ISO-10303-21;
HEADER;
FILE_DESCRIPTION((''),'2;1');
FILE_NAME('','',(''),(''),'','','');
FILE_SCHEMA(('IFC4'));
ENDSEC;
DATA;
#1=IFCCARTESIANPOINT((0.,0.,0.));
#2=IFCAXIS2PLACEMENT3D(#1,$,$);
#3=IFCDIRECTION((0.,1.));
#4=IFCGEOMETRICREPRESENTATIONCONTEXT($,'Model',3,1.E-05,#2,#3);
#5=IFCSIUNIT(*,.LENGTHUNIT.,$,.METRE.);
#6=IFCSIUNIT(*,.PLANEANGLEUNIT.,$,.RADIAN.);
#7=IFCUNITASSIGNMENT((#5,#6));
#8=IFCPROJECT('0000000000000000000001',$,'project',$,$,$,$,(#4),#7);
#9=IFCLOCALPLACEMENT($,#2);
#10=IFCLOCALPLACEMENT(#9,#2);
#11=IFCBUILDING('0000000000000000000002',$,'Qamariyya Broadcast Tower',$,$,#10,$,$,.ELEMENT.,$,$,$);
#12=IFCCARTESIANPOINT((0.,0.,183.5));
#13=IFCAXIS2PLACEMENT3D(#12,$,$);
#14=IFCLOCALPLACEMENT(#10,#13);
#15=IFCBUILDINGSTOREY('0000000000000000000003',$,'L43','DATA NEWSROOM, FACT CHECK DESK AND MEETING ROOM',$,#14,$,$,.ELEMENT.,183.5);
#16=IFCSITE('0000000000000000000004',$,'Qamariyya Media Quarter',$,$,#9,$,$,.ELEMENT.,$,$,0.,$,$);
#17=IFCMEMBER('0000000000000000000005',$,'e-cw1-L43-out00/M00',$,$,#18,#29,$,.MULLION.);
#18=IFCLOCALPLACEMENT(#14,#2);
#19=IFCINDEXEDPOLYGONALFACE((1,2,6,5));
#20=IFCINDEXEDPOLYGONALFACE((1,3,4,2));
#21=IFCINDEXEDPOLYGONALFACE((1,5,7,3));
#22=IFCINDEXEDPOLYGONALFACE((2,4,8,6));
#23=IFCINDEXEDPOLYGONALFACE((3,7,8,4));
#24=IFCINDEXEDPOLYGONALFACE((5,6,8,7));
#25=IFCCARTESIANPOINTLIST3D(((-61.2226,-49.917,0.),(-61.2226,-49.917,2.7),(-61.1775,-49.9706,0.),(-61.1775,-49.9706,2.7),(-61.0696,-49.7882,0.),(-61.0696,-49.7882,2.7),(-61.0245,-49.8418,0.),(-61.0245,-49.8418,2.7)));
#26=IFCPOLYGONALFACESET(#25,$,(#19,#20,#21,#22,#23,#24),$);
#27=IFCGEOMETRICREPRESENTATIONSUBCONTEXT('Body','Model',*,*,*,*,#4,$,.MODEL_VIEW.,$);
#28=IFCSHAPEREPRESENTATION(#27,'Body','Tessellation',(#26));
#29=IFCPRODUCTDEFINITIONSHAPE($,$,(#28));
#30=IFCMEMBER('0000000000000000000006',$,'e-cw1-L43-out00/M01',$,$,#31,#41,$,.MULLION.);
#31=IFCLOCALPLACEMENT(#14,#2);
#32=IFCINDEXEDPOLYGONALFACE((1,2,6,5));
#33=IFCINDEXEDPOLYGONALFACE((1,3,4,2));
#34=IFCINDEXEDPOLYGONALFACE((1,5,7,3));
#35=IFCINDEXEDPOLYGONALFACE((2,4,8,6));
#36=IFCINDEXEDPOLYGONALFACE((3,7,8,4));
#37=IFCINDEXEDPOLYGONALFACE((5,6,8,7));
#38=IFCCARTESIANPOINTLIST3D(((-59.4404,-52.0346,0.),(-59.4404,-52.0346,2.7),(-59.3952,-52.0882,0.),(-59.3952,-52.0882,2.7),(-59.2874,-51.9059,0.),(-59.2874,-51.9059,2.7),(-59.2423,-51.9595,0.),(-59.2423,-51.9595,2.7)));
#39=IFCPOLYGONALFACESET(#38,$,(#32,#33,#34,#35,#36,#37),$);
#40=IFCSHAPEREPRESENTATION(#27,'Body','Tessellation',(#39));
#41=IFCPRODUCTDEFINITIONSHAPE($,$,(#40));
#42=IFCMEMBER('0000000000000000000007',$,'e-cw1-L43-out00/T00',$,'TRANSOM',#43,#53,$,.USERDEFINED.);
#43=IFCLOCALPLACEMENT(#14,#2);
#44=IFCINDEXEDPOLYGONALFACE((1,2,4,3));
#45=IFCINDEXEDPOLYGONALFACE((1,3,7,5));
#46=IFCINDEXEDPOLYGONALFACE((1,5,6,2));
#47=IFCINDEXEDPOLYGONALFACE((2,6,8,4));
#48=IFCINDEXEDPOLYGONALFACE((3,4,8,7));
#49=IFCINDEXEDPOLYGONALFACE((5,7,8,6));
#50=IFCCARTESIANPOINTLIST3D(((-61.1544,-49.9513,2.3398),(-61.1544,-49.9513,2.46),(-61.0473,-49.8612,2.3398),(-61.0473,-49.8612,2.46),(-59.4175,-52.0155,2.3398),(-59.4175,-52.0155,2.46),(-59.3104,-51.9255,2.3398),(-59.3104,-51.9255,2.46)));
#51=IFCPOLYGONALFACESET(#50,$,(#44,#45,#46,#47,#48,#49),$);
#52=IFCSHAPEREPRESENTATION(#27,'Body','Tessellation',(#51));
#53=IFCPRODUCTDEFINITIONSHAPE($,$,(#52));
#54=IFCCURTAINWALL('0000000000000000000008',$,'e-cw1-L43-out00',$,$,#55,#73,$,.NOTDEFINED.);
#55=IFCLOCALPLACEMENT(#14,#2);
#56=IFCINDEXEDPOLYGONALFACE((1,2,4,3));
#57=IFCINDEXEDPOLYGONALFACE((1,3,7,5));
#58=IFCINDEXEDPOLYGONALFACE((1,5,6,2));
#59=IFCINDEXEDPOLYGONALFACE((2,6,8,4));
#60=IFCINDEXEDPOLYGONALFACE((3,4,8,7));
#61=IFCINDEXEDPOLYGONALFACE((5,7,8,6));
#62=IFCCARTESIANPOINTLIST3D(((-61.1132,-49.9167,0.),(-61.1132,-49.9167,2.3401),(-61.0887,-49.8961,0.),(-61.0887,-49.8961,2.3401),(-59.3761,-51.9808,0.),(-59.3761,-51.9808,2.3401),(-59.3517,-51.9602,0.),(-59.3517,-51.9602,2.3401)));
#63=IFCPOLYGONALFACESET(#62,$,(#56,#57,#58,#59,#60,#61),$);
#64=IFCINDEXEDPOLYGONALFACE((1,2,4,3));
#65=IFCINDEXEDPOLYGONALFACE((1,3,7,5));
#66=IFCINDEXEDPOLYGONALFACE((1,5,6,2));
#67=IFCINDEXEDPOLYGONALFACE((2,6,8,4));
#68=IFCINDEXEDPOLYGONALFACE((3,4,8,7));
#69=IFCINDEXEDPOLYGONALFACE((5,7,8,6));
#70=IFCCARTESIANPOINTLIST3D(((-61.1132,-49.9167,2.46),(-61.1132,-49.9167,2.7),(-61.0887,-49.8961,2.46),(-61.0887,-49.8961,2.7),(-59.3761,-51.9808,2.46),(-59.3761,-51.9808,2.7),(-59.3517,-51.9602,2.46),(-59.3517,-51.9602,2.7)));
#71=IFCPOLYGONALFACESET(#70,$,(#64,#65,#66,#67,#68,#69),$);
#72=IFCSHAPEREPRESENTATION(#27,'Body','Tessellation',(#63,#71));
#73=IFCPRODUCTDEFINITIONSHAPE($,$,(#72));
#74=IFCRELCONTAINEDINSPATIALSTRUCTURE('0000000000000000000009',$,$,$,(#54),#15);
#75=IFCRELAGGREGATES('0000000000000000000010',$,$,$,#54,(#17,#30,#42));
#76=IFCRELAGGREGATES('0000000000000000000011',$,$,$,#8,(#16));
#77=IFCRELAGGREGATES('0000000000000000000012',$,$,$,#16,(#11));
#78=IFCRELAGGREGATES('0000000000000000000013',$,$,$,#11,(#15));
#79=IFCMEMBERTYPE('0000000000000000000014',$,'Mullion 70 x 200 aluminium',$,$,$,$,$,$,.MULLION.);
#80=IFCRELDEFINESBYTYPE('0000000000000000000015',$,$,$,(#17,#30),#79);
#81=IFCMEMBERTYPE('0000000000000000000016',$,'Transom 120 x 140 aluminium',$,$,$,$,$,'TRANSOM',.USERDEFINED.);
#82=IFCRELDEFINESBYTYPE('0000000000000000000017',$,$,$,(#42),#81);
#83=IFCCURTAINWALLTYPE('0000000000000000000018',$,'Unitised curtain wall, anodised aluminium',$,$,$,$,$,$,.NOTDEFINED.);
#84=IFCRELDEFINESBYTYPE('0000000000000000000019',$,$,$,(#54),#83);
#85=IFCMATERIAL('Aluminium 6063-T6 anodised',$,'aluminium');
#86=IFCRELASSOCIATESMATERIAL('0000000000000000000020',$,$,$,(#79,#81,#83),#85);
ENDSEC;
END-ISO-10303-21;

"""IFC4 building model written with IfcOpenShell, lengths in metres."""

from ifc_helpers import new_model, si_unit, direction, frame, origin, origin_2d, place, context, subcontext, project, spatial, rectangle, extrude, material, material_profile, profile_set, type_object, element, aggregate, save


model = new_model("IFC4")

# Units and contexts
model_context = context("Model", 3, precision=1e-05, world=origin(), true_north=direction((0.0, 1.0)))
body_context = subcontext(model_context, "Body", "Model", "MODEL_VIEW")
ifc_project = project(units=[si_unit("LENGTHUNIT", "METRE"), si_unit("PLANEANGLEUNIT", "RADIAN")], contexts=[model_context])

# Members
ifc_material_1 = material(Name="Aluminium 6063-T6 anodised", Category="aluminium")
ifc_material_profile_1 = material_profile(ifc_material_1, rectangle(XDim=0.2, YDim=0.0701, at=origin_2d()))
ifc_profile_set_1 = profile_set([ifc_material_profile_1], Name="Aluminium 6063-T6 anodised")
member_type_1 = type_object("IfcMemberType", Name="Mullion 70 x 200 aluminium", PredefinedType="MULLION", material=ifc_profile_set_1)
site_placement = place(None, origin())
building_placement = place(site_placement, origin())
storey_placement = place(building_placement, frame((0.0, 0.0, 183.5)))
member_1_placement = place(storey_placement, frame((-61.1235, -49.8794, 0.0), z_axis=(0.0, 0.0, 1.0), x_axis=(0.765132, 0.643873, 0.0)))
member_1 = element("IfcMember", 1, at=member_1_placement, type_object=member_type_1, Name="e-cw1-L43-out00/M00", PredefinedType="MULLION", context=body_context, shape_type="SweptSolid", body=[
    extrude(rectangle(XDim=0.2, YDim=0.0701, at=origin_2d()), origin(), (0.0, 0.0, 1.0), 2.7),
])
member_2_placement = place(storey_placement, frame((-59.3413, -51.9971, 0.0), z_axis=(0.0, 0.0, 1.0), x_axis=(0.765132, 0.643873, 0.0)))
member_2 = element("IfcMember", 2, at=member_2_placement, type_object=member_type_1, Name="e-cw1-L43-out00/M01", PredefinedType="MULLION", context=body_context, shape_type="SweptSolid", body=[
    extrude(rectangle(XDim=0.2, YDim=0.0701, at=origin_2d()), origin(), (0.0, 0.0, 1.0), 2.7),
])
ifc_material_profile_2 = material_profile(ifc_material_1, rectangle(XDim=0.1399, YDim=0.1201, at=origin_2d()))
ifc_profile_set_2 = profile_set([ifc_material_profile_2], Name="Aluminium 6063-T6 anodised")
member_type_2 = type_object("IfcMemberType", Name="Transom 120 x 140 aluminium", ElementType="TRANSOM", PredefinedType="USERDEFINED", material=ifc_profile_set_2)
member_3_placement = place(storey_placement, frame((-61.1008, -49.9062, 2.3999), z_axis=(0.643818, -0.765179, 0.0), x_axis=(0.765179, 0.643818, 0.0)))
member_3 = element("IfcMember", 3, at=member_3_placement, type_object=member_type_2, Name="e-cw1-L43-out00/T00", ObjectType="TRANSOM", PredefinedType="USERDEFINED", context=body_context, shape_type="SweptSolid", body=[
    extrude(rectangle(XDim=0.1399, YDim=0.1201, at=origin_2d()), origin(), (0.0, 0.0, 1.0), 2.6978),
])

# Site, building, storey
site = spatial("IfcSite", under=ifc_project, at=site_placement, Name="Qamariyya Media Quarter", CompositionType="ELEMENT", RefElevation=0.0)
building = spatial("IfcBuilding", under=site, at=building_placement, Name="Qamariyya Broadcast Tower", CompositionType="ELEMENT")
storey = spatial("IfcBuildingStorey", under=building, at=storey_placement, Name="L43", Description="DATA NEWSROOM, FACT CHECK DESK AND MEETING ROOM", CompositionType="ELEMENT", Elevation=183.5)

# Curtain wall
curtain_wall_type = type_object("IfcCurtainWallType", Name="Unitised curtain wall, anodised aluminium", PredefinedType="NOTDEFINED", material=ifc_material_1)
curtain_wall_1_placement = place(storey_placement, origin())
curtain_wall_1 = element("IfcCurtainWall", 4, at=curtain_wall_1_placement, inside=storey, type_object=curtain_wall_type, Name="e-cw1-L43-out00", PredefinedType="NOTDEFINED", context=body_context, shape_type="SweptSolid", body=[
    extrude(rectangle(XDim=2.6978, YDim=0.032, at=origin_2d()), frame((-60.2324, -50.9385, 0.0), x_axis=(0.643892, -0.765116, 0.0)), (0.0, 0.0, 1.0), 2.3401),
    extrude(rectangle(XDim=2.6978, YDim=0.032, at=origin_2d()), frame((-60.2324, -50.9385, 2.46), x_axis=(0.643892, -0.765116, 0.0)), (0.0, 0.0, 1.0), 0.24),
])
aggregate(curtain_wall_1, [member_1, member_2, member_3])

save(model, "model.ifc")
